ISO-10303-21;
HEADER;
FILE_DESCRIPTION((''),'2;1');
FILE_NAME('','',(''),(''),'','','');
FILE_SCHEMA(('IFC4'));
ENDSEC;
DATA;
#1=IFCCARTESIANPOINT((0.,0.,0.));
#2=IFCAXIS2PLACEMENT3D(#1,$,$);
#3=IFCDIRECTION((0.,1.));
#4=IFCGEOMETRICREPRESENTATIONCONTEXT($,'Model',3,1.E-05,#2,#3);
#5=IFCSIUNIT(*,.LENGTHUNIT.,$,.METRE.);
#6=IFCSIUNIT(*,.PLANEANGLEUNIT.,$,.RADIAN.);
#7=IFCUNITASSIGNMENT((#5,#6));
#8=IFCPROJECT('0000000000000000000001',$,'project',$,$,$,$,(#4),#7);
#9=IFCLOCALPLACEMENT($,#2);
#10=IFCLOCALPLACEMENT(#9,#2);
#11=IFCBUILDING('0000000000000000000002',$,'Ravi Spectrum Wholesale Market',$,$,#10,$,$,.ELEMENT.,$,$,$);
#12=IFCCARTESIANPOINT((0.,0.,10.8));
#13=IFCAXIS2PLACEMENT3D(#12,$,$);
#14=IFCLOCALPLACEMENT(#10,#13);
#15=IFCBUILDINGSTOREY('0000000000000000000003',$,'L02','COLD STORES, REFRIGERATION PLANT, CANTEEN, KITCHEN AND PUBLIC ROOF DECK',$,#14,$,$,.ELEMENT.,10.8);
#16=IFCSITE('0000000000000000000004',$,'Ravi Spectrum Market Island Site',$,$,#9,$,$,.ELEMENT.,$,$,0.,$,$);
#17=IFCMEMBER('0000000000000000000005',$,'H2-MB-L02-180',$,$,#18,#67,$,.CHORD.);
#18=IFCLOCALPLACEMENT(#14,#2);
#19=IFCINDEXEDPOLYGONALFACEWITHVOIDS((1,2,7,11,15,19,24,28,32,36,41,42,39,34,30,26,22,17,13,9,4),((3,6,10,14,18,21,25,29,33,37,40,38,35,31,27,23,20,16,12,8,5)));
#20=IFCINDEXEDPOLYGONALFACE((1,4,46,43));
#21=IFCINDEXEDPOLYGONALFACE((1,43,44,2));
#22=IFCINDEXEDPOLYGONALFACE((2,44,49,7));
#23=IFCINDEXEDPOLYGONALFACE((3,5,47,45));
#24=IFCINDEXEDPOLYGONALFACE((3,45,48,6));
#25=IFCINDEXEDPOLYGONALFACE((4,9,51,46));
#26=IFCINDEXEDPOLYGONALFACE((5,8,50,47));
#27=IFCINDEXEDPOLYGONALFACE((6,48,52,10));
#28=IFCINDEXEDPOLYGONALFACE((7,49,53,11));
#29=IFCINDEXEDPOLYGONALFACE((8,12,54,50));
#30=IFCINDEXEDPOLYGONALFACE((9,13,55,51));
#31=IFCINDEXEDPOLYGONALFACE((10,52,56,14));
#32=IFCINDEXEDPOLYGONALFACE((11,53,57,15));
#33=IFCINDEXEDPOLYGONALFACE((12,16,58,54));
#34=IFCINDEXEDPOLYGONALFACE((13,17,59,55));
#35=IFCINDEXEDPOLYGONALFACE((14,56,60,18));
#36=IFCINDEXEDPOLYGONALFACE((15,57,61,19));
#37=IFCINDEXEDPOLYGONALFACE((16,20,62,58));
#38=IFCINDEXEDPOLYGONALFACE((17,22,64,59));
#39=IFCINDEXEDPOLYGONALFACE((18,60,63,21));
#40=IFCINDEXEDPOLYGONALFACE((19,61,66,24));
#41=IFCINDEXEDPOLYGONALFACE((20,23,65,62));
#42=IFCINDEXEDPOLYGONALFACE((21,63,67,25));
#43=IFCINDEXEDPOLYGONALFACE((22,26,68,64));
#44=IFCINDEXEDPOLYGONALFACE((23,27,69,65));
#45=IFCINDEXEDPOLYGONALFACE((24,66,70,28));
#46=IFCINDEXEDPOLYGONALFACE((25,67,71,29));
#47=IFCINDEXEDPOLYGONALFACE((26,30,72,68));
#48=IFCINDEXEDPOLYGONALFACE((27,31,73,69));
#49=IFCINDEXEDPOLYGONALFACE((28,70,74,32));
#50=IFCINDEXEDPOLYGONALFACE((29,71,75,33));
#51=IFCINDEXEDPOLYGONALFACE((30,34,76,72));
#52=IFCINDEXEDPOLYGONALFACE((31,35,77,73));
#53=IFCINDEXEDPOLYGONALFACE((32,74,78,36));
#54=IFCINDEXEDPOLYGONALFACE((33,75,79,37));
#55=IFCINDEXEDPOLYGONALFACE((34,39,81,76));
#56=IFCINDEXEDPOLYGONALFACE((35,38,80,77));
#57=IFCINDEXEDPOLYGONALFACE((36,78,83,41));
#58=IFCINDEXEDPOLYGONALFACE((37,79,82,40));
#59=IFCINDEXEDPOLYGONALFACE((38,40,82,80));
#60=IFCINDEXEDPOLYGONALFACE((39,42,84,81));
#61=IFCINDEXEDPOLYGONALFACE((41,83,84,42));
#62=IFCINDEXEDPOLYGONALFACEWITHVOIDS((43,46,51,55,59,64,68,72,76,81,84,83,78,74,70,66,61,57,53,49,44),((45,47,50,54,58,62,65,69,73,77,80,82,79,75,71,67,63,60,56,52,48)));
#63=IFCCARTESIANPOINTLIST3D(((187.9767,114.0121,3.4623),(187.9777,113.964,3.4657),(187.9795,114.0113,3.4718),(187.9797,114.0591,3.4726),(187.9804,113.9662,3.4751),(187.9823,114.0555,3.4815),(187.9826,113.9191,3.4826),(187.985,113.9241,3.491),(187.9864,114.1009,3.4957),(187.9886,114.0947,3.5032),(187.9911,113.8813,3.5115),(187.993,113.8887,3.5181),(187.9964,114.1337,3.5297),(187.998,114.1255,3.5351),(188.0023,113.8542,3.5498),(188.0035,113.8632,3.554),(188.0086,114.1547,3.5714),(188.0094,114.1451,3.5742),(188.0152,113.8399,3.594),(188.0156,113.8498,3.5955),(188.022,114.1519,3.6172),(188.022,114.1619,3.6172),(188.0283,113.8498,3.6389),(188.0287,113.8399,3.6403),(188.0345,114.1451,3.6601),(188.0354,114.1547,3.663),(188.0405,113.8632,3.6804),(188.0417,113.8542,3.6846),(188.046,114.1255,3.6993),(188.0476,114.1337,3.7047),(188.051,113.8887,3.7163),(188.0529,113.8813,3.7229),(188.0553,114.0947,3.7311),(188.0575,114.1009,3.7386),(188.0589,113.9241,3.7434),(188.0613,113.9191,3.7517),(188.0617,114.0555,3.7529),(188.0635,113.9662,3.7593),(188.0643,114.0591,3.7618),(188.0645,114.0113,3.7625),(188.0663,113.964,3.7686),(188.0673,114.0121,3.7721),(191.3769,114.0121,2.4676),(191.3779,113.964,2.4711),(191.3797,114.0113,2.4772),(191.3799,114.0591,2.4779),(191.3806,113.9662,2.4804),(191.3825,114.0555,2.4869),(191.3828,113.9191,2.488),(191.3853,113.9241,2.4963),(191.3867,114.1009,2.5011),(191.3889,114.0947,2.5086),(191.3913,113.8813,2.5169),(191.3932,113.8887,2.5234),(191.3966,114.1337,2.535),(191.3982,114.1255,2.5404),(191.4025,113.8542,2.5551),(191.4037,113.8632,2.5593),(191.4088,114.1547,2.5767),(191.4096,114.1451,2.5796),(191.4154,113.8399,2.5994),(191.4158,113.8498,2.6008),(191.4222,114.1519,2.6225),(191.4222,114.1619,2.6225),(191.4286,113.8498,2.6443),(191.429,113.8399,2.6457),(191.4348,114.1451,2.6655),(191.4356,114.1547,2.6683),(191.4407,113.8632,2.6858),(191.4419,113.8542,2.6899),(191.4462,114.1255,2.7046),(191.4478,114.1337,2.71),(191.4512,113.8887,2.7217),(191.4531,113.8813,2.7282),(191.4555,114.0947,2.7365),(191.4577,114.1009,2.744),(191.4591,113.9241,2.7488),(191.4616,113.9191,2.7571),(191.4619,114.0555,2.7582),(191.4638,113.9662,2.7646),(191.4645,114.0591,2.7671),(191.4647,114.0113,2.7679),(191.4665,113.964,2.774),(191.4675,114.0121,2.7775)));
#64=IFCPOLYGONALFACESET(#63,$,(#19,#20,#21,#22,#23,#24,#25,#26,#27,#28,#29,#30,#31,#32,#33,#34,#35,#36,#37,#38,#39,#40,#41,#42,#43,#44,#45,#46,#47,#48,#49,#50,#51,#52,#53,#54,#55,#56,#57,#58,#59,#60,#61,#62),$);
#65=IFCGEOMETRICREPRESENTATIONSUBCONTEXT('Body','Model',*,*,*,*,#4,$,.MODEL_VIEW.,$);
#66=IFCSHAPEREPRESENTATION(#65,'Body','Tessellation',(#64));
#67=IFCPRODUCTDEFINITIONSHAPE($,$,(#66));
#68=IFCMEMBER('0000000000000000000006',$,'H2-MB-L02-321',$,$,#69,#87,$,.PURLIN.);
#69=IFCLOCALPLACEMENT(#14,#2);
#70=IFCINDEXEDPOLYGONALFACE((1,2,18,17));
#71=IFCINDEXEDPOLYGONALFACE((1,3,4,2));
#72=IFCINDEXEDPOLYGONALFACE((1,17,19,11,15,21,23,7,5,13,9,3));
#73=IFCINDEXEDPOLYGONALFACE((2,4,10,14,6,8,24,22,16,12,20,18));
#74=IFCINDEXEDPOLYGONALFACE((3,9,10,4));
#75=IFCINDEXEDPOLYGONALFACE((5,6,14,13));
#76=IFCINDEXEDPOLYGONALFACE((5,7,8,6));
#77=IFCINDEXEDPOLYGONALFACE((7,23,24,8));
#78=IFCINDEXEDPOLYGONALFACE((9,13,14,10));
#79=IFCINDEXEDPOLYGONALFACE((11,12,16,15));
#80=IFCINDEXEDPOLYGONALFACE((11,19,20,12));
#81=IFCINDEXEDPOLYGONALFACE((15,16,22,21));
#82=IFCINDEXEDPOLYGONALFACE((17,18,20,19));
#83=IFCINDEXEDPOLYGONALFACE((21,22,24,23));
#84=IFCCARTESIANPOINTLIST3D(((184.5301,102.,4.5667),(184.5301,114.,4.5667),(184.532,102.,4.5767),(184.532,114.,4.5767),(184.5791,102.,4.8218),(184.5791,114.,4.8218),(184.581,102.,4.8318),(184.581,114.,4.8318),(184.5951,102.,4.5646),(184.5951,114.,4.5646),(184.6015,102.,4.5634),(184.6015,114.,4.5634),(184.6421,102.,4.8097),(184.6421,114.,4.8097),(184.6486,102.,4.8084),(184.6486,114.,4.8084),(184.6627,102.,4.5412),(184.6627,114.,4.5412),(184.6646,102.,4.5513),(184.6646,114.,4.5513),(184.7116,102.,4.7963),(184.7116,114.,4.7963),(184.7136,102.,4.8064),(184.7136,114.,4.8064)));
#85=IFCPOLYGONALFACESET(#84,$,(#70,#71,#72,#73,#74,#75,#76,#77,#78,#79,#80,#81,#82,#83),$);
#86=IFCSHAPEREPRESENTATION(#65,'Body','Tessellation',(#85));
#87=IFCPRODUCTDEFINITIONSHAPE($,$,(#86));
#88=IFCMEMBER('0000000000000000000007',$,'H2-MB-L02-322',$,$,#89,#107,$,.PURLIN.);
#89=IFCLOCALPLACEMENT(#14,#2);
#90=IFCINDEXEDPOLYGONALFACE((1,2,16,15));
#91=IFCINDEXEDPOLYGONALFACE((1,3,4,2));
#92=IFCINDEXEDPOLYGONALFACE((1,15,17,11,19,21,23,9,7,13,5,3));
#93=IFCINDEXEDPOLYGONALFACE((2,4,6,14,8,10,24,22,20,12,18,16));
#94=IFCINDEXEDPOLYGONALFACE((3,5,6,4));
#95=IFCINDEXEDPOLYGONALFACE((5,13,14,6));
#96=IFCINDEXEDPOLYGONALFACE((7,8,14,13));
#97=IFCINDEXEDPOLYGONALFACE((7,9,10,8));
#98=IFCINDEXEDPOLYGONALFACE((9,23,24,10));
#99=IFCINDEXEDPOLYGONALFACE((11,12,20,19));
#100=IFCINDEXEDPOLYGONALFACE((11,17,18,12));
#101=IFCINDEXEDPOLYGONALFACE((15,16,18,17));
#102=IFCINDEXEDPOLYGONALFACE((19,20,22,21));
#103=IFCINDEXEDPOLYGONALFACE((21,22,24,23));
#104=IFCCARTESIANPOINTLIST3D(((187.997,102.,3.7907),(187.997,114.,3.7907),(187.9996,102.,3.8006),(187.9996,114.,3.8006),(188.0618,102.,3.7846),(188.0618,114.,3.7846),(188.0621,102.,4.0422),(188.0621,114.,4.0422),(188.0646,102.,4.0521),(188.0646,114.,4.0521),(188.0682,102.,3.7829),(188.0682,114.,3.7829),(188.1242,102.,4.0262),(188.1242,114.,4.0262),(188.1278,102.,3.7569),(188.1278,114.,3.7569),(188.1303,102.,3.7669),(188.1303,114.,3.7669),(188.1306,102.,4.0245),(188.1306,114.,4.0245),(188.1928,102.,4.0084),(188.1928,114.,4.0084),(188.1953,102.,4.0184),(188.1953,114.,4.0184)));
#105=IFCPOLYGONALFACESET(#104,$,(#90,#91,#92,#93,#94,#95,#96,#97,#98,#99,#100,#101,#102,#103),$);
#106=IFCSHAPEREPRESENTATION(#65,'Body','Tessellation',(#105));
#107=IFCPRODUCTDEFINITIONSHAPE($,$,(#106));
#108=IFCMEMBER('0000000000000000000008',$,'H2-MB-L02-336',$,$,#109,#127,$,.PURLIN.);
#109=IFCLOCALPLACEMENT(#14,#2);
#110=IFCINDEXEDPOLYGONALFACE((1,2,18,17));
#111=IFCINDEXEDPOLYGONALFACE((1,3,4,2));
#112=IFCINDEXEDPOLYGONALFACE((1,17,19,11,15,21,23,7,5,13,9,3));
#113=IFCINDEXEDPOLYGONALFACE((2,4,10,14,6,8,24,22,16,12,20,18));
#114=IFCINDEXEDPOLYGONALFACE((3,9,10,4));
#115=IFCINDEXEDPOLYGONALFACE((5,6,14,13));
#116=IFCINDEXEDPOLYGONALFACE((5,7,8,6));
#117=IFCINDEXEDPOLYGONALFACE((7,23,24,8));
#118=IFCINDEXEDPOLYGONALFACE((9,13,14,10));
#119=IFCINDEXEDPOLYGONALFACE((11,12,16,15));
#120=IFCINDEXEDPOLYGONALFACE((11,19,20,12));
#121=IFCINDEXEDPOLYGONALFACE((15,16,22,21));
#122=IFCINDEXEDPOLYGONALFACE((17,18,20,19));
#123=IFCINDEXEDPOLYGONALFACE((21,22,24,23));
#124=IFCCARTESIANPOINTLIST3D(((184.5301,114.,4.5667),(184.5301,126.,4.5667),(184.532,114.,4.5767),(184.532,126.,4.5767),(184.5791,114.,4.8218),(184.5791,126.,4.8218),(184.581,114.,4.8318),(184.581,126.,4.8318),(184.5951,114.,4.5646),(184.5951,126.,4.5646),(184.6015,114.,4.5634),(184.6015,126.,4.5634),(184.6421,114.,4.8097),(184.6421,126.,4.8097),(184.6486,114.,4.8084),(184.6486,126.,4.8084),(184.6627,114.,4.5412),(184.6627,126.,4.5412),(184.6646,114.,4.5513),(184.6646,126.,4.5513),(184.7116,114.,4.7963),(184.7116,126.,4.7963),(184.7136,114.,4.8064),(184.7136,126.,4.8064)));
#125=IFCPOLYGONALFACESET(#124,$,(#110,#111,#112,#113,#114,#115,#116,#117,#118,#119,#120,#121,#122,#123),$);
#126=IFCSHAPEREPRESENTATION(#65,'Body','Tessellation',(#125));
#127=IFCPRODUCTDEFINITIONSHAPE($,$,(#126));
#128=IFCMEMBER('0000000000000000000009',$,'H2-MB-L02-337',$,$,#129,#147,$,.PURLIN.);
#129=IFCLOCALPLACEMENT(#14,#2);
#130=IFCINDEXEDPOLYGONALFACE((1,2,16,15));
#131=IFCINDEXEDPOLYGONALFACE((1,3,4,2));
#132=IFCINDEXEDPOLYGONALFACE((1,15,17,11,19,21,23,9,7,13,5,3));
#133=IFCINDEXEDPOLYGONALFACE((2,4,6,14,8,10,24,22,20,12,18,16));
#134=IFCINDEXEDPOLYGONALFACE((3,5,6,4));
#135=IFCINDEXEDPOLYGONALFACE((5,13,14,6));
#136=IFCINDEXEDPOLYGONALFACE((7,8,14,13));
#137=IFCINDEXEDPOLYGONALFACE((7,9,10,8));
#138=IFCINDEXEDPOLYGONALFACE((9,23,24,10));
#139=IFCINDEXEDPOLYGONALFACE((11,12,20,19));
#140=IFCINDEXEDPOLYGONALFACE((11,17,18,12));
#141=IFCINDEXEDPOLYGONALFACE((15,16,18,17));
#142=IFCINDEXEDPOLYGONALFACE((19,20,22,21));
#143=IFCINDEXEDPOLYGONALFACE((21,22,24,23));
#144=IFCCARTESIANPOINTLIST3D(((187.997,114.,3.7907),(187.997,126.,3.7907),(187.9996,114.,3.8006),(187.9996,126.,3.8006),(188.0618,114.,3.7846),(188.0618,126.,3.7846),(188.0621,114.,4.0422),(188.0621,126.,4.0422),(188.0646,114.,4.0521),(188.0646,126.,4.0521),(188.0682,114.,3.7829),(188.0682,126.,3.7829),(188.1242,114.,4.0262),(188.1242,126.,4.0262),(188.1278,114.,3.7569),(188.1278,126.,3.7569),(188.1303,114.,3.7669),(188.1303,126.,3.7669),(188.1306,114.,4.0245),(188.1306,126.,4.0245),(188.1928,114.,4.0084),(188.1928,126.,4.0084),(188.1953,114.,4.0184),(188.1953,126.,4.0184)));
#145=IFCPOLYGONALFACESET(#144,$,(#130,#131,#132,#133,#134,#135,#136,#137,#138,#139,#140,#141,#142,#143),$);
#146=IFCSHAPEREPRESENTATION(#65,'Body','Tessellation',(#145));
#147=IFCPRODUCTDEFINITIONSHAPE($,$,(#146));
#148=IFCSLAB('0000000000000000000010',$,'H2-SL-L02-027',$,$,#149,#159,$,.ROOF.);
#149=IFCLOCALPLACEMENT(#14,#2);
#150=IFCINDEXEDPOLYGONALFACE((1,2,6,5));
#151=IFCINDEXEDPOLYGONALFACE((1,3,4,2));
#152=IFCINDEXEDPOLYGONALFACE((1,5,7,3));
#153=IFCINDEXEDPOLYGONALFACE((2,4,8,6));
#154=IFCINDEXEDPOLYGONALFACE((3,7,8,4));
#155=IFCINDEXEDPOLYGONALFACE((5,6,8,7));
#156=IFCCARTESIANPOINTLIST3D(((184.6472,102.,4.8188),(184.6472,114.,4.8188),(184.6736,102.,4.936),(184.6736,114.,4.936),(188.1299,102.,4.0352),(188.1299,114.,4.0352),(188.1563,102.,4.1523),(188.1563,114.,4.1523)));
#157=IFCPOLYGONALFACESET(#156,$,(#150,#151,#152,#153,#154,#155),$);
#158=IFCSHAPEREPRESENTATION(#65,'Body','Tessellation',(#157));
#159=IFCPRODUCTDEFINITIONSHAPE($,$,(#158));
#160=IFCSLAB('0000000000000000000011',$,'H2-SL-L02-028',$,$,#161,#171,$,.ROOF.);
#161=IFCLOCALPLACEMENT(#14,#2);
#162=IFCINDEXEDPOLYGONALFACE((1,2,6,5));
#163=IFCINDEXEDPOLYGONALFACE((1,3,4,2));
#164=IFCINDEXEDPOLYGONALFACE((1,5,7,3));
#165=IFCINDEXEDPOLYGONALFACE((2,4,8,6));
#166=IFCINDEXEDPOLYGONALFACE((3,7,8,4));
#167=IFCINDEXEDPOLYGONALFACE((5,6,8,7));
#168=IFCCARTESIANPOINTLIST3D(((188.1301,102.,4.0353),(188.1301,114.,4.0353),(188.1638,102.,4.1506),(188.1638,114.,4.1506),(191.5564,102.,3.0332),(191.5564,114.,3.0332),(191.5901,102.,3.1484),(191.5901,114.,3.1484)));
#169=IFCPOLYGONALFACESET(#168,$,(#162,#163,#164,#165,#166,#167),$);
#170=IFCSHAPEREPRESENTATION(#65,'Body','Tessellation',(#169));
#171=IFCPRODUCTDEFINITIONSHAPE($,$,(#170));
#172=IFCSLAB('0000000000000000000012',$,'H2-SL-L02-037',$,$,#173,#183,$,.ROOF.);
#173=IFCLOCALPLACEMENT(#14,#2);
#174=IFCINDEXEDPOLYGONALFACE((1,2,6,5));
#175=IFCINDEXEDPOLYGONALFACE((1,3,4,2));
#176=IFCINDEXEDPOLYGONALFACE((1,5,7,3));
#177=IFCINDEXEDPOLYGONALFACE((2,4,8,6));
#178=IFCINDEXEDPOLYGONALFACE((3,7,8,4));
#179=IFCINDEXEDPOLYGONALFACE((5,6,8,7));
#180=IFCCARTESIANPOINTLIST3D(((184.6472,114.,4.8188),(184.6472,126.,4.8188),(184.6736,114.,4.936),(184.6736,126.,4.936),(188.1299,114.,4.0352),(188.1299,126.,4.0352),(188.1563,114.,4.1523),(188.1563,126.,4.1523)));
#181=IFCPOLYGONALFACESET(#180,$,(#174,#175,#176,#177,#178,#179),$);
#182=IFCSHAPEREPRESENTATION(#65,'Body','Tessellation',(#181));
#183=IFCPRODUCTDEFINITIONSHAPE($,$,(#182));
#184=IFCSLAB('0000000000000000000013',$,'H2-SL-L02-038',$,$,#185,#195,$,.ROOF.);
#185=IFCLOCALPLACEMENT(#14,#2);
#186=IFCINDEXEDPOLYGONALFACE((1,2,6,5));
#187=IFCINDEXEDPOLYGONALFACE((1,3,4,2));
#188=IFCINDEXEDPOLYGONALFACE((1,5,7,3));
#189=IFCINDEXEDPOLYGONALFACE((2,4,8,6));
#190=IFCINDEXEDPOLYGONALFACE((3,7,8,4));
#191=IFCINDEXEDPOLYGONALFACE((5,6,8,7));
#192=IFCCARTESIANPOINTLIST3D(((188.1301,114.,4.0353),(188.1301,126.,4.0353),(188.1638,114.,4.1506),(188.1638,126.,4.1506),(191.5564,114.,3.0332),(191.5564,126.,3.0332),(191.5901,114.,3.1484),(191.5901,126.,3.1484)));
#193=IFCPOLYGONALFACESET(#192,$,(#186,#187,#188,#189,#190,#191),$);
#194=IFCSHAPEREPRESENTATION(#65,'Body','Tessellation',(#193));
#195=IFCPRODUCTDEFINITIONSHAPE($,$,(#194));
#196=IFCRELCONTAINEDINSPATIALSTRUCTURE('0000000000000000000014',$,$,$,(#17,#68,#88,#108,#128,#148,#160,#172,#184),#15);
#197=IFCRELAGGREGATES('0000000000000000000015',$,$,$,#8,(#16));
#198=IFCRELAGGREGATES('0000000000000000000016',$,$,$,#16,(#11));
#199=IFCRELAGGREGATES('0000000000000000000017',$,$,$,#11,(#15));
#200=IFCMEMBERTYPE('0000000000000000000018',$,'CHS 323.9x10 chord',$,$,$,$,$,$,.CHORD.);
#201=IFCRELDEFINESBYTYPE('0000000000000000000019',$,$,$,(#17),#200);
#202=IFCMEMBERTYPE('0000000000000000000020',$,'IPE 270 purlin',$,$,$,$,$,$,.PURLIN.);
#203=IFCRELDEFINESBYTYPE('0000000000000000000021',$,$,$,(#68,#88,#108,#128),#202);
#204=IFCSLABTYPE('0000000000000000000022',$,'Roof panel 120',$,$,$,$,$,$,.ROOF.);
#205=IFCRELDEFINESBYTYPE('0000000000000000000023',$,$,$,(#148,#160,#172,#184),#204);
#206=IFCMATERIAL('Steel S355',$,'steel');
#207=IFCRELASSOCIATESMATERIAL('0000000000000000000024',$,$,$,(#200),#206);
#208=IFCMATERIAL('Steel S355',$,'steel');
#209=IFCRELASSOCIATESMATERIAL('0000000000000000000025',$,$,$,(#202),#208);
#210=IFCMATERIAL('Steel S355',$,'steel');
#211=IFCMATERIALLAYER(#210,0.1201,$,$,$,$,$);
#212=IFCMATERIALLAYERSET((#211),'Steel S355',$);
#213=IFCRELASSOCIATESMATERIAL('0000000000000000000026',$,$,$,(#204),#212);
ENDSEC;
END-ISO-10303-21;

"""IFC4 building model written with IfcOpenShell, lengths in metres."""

from ifc_helpers import new_model, si_unit, direction, frame, origin, origin_2d, place, context, subcontext, project, spatial, polyline, hollow_circle, i_section, outline, extrude, material, layer, layer_set, material_profile, profile_set, type_object, element, save


model = new_model("IFC4")

# Units and contexts
model_context = context("Model", 3, precision=1e-05, world=origin(), true_north=direction((0.0, 1.0)))
body_context = subcontext(model_context, "Body", "Model", "MODEL_VIEW")
ifc_project = project(units=[si_unit("LENGTHUNIT", "METRE"), si_unit("PLANEANGLEUNIT", "RADIAN")], contexts=[model_context])

# Site, building, storey
site_placement = place(None, origin())
site = spatial("IfcSite", under=ifc_project, at=site_placement, Name="Ravi Spectrum Market Island Site", CompositionType="ELEMENT", RefElevation=0.0)
building_placement = place(site_placement, origin())
building = spatial("IfcBuilding", under=site, at=building_placement, Name="Ravi Spectrum Wholesale Market", CompositionType="ELEMENT")
storey_placement = place(building_placement, frame((0.0, 0.0, 10.8)))
storey = spatial("IfcBuildingStorey", under=building, at=storey_placement, Name="L02", Description="COLD STORES, REFRIGERATION PLANT, CANTEEN, KITCHEN AND PUBLIC ROOF DECK", CompositionType="ELEMENT", Elevation=10.8)

# Members
ifc_material_1 = material(Name="Steel S355", Category="steel")
ifc_material_profile_1 = material_profile(ifc_material_1, hollow_circle(Radius=0.1619, WallThickness=0.01, at=origin_2d()))
ifc_profile_set_1 = profile_set([ifc_material_profile_1], Name="Steel S355")
member_type_1 = type_object("IfcMemberType", Name="CHS 323.9x10 chord", PredefinedType="CHORD", material=ifc_profile_set_1)
for number, where, z_axis, x_axis, name in (
    (1, (188.022, 114.0, 3.6172), (0.959778, 0.0, -0.280759), (0.0, 1.0, 0.0), "H2-MB-L02-180"),
):
    element("IfcMember", number, at=place(storey_placement, frame(where, z_axis=z_axis, x_axis=x_axis)), inside=storey, type_object=member_type_1, Name=name, PredefinedType="CHORD", context=body_context, shape_type="SweptSolid", body=[
        extrude(hollow_circle(Radius=0.1619, WallThickness=0.01, at=origin_2d()), origin(), (0.0, 0.0, 1.0), 3.5427),
    ])
ifc_material_2 = material(Name="Steel S355", Category="steel")
ifc_material_profile_2 = material_profile(ifc_material_2, i_section(OverallWidth=0.135, OverallDepth=0.27, WebThickness=0.0066, FlangeThickness=0.0103, at=origin_2d()))
ifc_profile_set_2 = profile_set([ifc_material_profile_2], Name="Steel S355")
member_type_2 = type_object("IfcMemberType", Name="IPE 270 purlin", PredefinedType="PURLIN", material=ifc_profile_set_2)
for number, where, z_axis, x_axis, name in (
    (2, (184.6218, 102.0, 4.6865), (0.0, 1.0, 0.0), (-0.982061, 0.0, 0.188562), "H2-MB-L02-321"),
    (3, (188.0962, 102.0, 3.9045), (0.0, 1.0, 0.0), (-0.968183, 0.0, 0.250243), "H2-MB-L02-322"),
    (4, (184.6218, 114.0, 4.6865), (0.0, 1.0, 0.0), (-0.982061, 0.0, 0.188562), "H2-MB-L02-336"),
    (5, (188.0962, 114.0, 3.9045), (0.0, 1.0, 0.0), (-0.968183, 0.0, 0.250243), "H2-MB-L02-337"),
):
    element("IfcMember", number, at=place(storey_placement, frame(where, z_axis=z_axis, x_axis=x_axis)), inside=storey, type_object=member_type_2, Name=name, PredefinedType="PURLIN", context=body_context, shape_type="SweptSolid", body=[
        extrude(i_section(OverallWidth=0.135, OverallDepth=0.27, WebThickness=0.0066, FlangeThickness=0.0103, at=origin_2d()), origin(), (0.0, 0.0, 1.0), 12.0),
    ])

# Slabs
ifc_material_3 = material(Name="Steel S355", Category="steel")
ifc_layer_1 = layer(ifc_material_3, 0.1201)
ifc_layer_set_1 = layer_set([ifc_layer_1], Name="Steel S355")
slab_type = type_object("IfcSlabType", Name="Roof panel 120", PredefinedType="ROOF", material=ifc_layer_set_1)
slab_1_placement = place(storey_placement, frame((184.6736, 102.0, 4.936), z_axis=(0.219537, 0.0, 0.975604), x_axis=(0.975604, 0.0, -0.219537)))
element("IfcSlab", 6, at=slab_1_placement, inside=storey, type_object=slab_type, Name="H2-SL-L02-027", PredefinedType="ROOF", context=body_context, shape_type="SweptSolid", body=[
    extrude(outline(polyline([(0.0, 0.0), (3.5698, 0.0), (3.5698, 12.0), (0.0, 12.0), (0.0, 0.0)])), origin(), (0.0, 0.0, -1.0), 0.1201),
])
slab_2_placement = place(storey_placement, frame((188.1638, 102.0, 4.1506), z_axis=(0.28074, 0.0, 0.959784), x_axis=(0.959784, 0.0, -0.28074)))
element("IfcSlab", 7, at=slab_2_placement, inside=storey, type_object=slab_type, Name="H2-SL-L02-028", PredefinedType="ROOF", context=body_context, shape_type="SweptSolid", body=[
    extrude(outline(polyline([(0.0, 0.0), (3.5698, 0.0), (3.5698, 12.0), (0.0, 12.0), (0.0, 0.0)])), origin(), (0.0, 0.0, -1.0), 0.1201),
])
slab_3_placement = place(storey_placement, frame((184.6736, 114.0, 4.936), z_axis=(0.219537, 0.0, 0.975604), x_axis=(0.975604, 0.0, -0.219537)))
element("IfcSlab", 8, at=slab_3_placement, inside=storey, type_object=slab_type, Name="H2-SL-L02-037", PredefinedType="ROOF", context=body_context, shape_type="SweptSolid", body=[
    extrude(outline(polyline([(0.0, 0.0), (3.5698, 0.0), (3.5698, 12.0), (0.0, 12.0), (0.0, 0.0)])), origin(), (0.0, 0.0, -1.0), 0.1201),
])
slab_4_placement = place(storey_placement, frame((188.1638, 114.0, 4.1506), z_axis=(0.28074, 0.0, 0.959784), x_axis=(0.959784, 0.0, -0.28074)))
element("IfcSlab", 9, at=slab_4_placement, inside=storey, type_object=slab_type, Name="H2-SL-L02-038", PredefinedType="ROOF", context=body_context, shape_type="SweptSolid", body=[
    extrude(outline(polyline([(0.0, 0.0), (3.5698, 0.0), (3.5698, 12.0), (0.0, 12.0), (0.0, 0.0)])), origin(), (0.0, 0.0, -1.0), 0.1201),
])

save(model, "model.ifc")
